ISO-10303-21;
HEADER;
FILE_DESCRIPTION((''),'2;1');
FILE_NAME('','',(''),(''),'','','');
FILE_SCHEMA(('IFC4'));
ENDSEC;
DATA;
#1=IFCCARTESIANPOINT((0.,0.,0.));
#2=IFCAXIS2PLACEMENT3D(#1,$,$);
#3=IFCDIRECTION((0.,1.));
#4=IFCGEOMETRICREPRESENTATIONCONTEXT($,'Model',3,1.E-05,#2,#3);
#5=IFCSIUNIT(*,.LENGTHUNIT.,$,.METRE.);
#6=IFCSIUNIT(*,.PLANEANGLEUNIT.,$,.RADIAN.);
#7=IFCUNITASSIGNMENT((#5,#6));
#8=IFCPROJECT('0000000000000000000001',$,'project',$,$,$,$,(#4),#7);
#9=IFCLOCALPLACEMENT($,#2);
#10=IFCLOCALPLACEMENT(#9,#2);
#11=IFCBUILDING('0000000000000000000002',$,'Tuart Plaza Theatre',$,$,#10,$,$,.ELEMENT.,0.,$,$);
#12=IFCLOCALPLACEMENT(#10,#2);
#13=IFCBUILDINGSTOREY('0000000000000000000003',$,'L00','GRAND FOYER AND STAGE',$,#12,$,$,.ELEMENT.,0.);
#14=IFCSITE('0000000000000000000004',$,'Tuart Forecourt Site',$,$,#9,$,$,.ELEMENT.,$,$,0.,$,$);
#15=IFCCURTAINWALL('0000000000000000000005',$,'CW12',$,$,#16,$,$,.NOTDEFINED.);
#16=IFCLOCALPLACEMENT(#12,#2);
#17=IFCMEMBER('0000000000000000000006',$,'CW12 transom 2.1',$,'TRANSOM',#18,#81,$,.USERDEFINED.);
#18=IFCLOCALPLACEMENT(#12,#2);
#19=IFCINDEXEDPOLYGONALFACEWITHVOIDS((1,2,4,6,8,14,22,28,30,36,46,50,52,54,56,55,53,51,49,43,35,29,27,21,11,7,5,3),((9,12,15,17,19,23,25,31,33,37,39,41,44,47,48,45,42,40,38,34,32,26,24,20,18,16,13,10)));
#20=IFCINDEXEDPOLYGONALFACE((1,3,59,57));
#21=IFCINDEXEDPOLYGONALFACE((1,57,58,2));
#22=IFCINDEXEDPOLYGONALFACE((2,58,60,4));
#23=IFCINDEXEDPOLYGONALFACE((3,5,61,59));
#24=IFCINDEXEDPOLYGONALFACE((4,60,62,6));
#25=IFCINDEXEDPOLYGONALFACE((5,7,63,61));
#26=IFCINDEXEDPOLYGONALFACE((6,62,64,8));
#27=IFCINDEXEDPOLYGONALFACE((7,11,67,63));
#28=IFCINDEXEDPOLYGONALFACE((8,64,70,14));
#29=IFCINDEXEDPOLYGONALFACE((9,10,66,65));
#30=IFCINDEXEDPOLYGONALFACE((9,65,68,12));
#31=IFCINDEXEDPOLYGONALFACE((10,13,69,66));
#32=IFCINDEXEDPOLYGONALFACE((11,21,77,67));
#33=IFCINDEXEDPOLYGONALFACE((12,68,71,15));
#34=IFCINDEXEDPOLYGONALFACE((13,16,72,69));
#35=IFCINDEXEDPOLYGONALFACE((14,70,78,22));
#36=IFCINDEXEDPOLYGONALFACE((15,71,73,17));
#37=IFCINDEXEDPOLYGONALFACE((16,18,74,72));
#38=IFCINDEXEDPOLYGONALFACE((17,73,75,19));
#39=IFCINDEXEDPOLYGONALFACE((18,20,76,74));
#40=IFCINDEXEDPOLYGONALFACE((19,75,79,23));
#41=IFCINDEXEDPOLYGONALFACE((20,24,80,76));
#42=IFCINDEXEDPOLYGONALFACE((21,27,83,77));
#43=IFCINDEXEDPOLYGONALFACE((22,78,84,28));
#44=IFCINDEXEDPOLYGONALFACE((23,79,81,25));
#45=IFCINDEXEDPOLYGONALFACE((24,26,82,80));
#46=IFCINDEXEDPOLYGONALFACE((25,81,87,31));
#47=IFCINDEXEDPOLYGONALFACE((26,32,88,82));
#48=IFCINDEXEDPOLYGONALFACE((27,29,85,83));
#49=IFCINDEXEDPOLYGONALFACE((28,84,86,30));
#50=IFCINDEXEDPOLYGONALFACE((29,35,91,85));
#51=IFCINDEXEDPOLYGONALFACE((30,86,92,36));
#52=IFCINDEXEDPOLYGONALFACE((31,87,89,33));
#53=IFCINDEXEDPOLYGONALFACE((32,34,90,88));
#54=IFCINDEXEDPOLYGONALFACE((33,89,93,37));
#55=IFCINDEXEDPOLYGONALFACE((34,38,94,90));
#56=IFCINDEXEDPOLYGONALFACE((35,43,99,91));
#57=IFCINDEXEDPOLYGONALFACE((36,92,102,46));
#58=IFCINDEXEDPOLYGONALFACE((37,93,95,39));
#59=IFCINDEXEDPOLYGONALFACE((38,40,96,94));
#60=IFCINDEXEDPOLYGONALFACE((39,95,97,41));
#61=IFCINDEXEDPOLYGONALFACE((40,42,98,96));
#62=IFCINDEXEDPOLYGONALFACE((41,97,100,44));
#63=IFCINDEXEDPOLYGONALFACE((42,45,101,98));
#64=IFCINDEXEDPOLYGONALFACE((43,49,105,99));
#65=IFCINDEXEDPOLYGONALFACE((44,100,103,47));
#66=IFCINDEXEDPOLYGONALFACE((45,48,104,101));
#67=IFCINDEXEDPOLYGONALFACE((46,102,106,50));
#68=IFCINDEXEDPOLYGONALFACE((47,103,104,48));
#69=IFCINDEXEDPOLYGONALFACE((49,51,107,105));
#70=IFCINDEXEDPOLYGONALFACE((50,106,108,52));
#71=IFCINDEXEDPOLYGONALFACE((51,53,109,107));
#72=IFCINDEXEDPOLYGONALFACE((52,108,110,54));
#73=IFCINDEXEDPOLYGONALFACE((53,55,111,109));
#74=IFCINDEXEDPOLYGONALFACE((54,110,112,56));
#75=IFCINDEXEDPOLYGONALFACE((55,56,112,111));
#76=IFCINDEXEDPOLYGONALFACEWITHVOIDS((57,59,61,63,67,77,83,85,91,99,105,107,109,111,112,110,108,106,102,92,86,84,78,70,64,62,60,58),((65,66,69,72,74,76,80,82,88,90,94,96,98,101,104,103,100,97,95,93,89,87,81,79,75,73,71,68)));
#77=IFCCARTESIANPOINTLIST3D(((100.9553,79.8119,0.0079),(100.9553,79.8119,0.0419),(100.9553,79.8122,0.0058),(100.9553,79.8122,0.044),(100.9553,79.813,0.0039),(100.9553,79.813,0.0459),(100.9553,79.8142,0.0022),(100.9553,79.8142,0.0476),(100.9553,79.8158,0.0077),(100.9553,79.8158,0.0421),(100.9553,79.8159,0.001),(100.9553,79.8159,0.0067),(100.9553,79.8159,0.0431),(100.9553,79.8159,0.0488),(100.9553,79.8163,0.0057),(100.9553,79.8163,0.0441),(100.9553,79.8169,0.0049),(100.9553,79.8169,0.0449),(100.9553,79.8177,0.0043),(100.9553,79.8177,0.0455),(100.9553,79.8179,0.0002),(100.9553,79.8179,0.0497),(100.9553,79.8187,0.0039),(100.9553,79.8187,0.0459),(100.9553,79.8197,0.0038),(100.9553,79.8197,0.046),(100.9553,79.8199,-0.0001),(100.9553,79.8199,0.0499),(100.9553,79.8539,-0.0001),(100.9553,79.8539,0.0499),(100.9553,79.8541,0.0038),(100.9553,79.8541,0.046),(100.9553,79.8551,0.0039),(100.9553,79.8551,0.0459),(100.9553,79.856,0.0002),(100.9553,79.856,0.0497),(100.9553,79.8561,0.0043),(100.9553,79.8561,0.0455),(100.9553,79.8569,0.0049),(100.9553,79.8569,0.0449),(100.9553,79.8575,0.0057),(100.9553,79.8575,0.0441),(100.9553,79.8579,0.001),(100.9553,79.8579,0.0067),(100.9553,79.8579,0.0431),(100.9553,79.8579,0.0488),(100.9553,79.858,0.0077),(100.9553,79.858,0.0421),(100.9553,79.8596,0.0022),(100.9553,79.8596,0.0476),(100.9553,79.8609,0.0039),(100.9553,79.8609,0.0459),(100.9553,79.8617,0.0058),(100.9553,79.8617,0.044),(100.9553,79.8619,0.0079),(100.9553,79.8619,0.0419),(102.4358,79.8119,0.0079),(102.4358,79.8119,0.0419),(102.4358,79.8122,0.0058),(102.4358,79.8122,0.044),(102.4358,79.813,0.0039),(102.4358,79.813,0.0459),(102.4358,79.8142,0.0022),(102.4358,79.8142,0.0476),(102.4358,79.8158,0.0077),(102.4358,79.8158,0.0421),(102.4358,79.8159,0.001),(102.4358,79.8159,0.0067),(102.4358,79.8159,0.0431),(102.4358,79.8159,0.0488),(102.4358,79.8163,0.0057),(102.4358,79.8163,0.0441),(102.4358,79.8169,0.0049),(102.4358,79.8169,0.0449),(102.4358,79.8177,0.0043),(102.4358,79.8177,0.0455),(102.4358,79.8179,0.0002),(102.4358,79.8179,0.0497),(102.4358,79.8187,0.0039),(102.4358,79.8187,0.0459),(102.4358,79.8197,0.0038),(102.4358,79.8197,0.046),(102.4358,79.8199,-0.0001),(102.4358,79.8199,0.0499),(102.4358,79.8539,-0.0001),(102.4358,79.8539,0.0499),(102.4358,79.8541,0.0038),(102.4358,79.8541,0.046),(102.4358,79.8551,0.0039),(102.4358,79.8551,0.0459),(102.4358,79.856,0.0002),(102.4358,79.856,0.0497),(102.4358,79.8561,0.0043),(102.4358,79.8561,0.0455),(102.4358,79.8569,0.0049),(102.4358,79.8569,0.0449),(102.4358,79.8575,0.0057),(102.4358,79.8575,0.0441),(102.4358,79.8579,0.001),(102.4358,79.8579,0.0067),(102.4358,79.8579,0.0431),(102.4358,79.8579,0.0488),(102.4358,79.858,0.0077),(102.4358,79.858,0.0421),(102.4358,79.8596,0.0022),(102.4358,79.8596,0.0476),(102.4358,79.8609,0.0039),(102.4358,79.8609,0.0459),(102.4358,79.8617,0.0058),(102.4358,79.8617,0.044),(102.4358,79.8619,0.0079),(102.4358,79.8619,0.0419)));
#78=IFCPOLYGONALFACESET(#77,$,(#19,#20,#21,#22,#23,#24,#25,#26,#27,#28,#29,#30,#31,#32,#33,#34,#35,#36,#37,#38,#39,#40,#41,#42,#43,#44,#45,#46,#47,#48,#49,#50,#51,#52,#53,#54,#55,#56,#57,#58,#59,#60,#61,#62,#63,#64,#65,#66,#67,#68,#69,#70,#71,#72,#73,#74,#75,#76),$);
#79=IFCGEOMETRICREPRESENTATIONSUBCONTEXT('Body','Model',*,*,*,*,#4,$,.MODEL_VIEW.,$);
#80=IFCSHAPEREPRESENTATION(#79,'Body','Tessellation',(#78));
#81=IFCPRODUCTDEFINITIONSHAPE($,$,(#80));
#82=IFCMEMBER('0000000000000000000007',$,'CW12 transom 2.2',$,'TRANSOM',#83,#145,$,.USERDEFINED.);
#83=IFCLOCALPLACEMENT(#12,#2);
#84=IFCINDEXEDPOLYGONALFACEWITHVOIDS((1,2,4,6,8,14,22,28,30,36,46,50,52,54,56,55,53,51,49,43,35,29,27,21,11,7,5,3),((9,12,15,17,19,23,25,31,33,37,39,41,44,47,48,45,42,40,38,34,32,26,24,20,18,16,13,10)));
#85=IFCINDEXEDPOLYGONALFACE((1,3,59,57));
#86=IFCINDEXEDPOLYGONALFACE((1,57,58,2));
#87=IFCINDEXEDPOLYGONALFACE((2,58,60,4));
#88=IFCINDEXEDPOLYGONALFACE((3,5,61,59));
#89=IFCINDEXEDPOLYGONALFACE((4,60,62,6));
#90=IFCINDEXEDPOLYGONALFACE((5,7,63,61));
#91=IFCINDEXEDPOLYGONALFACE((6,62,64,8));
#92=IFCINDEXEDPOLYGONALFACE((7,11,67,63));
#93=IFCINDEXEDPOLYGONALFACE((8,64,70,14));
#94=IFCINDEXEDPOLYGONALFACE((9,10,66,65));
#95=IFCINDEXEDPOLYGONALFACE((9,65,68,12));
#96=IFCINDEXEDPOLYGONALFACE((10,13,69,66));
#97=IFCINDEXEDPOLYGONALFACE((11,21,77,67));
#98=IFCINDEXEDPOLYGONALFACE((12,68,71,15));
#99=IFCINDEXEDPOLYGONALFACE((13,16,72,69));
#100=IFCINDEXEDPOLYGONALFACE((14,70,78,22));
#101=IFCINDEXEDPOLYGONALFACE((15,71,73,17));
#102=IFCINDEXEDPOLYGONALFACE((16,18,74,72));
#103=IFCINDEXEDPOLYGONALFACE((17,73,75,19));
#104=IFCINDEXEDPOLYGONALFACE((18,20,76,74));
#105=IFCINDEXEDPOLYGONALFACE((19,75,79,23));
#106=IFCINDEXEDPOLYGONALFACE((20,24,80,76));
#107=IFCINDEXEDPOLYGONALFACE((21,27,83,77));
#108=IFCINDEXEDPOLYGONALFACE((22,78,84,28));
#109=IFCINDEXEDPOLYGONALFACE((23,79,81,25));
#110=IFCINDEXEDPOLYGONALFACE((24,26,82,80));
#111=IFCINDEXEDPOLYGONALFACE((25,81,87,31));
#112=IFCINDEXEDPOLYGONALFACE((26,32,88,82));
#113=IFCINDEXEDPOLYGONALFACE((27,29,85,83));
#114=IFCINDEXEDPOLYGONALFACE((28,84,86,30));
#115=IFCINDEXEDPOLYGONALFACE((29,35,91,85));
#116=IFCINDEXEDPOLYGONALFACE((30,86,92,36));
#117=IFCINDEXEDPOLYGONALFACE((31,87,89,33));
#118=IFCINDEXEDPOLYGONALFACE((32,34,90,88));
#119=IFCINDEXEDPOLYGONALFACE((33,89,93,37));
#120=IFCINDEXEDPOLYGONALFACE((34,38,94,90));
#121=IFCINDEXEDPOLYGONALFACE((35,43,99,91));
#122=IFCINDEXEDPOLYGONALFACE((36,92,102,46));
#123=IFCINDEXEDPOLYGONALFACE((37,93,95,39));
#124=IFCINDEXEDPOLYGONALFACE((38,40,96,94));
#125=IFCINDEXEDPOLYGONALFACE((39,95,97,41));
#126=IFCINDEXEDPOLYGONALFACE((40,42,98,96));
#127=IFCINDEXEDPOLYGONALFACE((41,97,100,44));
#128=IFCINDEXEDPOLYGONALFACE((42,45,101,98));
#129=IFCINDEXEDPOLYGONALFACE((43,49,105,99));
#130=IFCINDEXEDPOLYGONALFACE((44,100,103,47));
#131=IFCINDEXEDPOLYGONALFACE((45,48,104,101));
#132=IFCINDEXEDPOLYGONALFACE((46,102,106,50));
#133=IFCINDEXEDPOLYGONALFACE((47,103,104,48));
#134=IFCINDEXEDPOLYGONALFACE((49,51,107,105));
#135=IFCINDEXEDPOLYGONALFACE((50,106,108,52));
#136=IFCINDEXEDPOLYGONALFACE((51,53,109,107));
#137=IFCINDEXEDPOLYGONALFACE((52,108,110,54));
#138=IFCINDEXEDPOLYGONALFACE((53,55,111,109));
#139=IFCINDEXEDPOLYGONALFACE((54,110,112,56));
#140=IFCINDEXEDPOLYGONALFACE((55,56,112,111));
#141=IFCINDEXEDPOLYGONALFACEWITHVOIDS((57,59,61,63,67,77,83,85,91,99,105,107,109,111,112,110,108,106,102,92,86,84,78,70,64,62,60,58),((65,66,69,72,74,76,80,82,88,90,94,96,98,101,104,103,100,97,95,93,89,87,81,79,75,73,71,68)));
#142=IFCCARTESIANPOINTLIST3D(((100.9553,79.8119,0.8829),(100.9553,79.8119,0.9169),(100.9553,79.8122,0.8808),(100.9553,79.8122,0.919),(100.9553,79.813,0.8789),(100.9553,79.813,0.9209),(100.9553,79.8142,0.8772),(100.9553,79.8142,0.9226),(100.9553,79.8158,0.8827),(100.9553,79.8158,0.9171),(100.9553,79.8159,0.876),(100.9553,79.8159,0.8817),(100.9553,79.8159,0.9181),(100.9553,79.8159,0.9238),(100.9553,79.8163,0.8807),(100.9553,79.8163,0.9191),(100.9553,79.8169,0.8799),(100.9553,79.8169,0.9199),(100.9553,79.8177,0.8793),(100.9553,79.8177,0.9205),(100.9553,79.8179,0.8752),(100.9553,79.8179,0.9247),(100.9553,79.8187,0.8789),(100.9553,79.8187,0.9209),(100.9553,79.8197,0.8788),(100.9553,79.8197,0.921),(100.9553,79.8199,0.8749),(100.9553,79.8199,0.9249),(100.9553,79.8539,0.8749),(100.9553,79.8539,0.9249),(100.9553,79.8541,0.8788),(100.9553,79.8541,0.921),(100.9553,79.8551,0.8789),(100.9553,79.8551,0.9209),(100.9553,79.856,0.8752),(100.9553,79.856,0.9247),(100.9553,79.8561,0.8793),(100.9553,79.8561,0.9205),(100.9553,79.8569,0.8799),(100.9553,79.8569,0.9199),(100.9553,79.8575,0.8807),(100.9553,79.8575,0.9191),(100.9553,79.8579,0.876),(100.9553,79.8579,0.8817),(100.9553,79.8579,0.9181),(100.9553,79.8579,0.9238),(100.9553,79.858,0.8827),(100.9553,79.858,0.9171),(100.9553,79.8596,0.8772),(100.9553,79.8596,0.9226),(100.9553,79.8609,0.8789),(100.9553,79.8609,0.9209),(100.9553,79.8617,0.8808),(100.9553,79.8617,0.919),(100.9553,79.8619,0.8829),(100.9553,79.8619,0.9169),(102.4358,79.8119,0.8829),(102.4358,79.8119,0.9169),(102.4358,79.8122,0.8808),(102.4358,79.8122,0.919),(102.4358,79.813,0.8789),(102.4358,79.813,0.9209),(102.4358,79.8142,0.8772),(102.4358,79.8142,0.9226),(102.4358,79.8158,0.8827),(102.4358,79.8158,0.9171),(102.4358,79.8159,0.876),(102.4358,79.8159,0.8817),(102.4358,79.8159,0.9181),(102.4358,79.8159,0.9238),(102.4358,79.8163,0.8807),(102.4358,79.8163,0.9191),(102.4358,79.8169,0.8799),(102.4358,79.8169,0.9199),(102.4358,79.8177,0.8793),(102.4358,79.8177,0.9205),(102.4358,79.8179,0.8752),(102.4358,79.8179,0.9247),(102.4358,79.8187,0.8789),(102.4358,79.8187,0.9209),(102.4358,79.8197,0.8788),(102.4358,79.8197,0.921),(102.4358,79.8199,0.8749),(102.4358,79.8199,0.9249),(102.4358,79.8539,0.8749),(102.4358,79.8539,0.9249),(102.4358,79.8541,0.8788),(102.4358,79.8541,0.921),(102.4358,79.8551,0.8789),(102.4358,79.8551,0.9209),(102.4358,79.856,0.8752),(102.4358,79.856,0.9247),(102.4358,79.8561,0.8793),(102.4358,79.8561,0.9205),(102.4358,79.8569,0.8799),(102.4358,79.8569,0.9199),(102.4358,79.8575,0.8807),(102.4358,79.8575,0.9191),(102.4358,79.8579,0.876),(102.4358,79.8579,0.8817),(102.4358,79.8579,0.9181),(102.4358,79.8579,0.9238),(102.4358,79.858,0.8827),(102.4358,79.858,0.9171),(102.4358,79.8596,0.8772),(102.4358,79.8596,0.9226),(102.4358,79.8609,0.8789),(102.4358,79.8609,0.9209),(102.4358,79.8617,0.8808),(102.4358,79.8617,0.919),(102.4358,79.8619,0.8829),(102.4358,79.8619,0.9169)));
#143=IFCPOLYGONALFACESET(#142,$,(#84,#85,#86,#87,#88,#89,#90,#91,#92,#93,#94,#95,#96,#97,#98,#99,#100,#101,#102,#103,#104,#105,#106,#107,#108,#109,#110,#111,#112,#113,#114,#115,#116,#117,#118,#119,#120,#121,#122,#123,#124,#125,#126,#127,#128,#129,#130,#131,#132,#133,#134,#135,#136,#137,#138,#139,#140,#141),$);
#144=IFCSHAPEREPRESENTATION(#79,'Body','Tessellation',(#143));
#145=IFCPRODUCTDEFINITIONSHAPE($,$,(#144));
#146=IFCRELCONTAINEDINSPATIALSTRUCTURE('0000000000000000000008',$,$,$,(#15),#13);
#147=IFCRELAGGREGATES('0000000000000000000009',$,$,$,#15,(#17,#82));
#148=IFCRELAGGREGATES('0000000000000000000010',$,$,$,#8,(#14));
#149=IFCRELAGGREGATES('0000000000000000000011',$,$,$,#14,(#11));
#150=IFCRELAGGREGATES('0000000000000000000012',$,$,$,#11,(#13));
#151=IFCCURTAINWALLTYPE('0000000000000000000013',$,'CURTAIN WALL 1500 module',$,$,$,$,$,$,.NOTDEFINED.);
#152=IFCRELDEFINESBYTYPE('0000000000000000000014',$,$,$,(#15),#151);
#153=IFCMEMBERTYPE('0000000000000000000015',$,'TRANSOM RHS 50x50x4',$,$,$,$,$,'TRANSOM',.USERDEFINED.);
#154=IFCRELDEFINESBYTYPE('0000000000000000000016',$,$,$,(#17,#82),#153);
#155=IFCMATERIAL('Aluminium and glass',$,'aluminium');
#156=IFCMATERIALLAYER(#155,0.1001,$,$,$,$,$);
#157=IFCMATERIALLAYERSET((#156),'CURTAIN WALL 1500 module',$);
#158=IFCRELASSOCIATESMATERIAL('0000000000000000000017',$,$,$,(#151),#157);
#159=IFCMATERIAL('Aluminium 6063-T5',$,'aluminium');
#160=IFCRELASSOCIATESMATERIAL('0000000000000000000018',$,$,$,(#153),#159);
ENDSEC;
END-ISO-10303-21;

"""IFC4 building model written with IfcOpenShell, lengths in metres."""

from ifc_helpers import new_model, si_unit, direction, frame, origin, origin_2d, place, context, subcontext, project, spatial, hollow_rectangle, extrude, material, layer, layer_set, material_profile, profile_set, type_object, element, aggregate, save


model = new_model("IFC4")

# Units and contexts
model_context = context("Model", 3, precision=1e-05, world=origin(), true_north=direction((0.0, 1.0)))
body_context = subcontext(model_context, "Body", "Model", "MODEL_VIEW")
ifc_project = project(units=[si_unit("LENGTHUNIT", "METRE"), si_unit("PLANEANGLEUNIT", "RADIAN")], contexts=[model_context])

# Site, building, storey
site_placement = place(None, origin())
site = spatial("IfcSite", under=ifc_project, at=site_placement, Name="Tuart Forecourt Site", CompositionType="ELEMENT", RefElevation=0.0)
building_placement = place(site_placement, origin())
building = spatial("IfcBuilding", under=site, at=building_placement, Name="Tuart Plaza Theatre", CompositionType="ELEMENT", ElevationOfRefHeight=0.0)
storey_placement = place(building_placement, origin())
storey = spatial("IfcBuildingStorey", under=building, at=storey_placement, Name="L00", Description="GRAND FOYER AND STAGE", CompositionType="ELEMENT", Elevation=0.0)

# Curtain wall
ifc_material_1 = material(Name="Aluminium and glass", Category="aluminium")
ifc_layer_1 = layer(ifc_material_1, 0.1001)
ifc_layer_set_1 = layer_set([ifc_layer_1], Name="CURTAIN WALL 1500 module")
curtain_wall_type = type_object("IfcCurtainWallType", Name="CURTAIN WALL 1500 module", PredefinedType="NOTDEFINED", material=ifc_layer_set_1)
curtain_wall_1_placement = place(storey_placement, origin())
curtain_wall_1 = element("IfcCurtainWall", 1, at=curtain_wall_1_placement, inside=storey, type_object=curtain_wall_type, Name="CW12", PredefinedType="NOTDEFINED")

# Members
ifc_material_2 = material(Name="Aluminium 6063-T5", Category="aluminium")
ifc_material_profile_1 = material_profile(ifc_material_2, hollow_rectangle(XDim=0.05, YDim=0.05, WallThickness=0.0039, InnerFilletRadius=0.0039, OuterFilletRadius=0.0081, at=origin_2d()), Name="RHS 50x50x4")
ifc_profile_set_1 = profile_set([ifc_material_profile_1], Name="Aluminium 6063-T5")
member_type_1 = type_object("IfcMemberType", Name="TRANSOM RHS 50x50x4", ElementType="TRANSOM", PredefinedType="USERDEFINED", material=ifc_profile_set_1)
member_1_placement = place(storey_placement, frame((100.9553, 79.8369, 0.0249), z_axis=(1.0, 0.0, 0.0), x_axis=(0.0, 1.0, 0.0)))
member_1 = element("IfcMember", 2, at=member_1_placement, type_object=member_type_1, Name="CW12 transom 2.1", ObjectType="TRANSOM", PredefinedType="USERDEFINED", context=body_context, shape_type="SweptSolid", body=[
    extrude(hollow_rectangle(XDim=0.05, YDim=0.05, WallThickness=0.0039, InnerFilletRadius=0.0039, OuterFilletRadius=0.0081, at=origin_2d()), origin(), (0.0, 0.0, 1.0), 1.4805),
])
member_2_placement = place(storey_placement, frame((100.9553, 79.8369, 0.8999), z_axis=(1.0, 0.0, 0.0), x_axis=(0.0, 1.0, 0.0)))
member_2 = element("IfcMember", 3, at=member_2_placement, type_object=member_type_1, Name="CW12 transom 2.2", ObjectType="TRANSOM", PredefinedType="USERDEFINED", context=body_context, shape_type="SweptSolid", body=[
    extrude(hollow_rectangle(XDim=0.05, YDim=0.05, WallThickness=0.0039, InnerFilletRadius=0.0039, OuterFilletRadius=0.0081, at=origin_2d()), origin(), (0.0, 0.0, 1.0), 1.4805),
])

aggregate(curtain_wall_1, [member_1, member_2])

save(model, "model.ifc")
